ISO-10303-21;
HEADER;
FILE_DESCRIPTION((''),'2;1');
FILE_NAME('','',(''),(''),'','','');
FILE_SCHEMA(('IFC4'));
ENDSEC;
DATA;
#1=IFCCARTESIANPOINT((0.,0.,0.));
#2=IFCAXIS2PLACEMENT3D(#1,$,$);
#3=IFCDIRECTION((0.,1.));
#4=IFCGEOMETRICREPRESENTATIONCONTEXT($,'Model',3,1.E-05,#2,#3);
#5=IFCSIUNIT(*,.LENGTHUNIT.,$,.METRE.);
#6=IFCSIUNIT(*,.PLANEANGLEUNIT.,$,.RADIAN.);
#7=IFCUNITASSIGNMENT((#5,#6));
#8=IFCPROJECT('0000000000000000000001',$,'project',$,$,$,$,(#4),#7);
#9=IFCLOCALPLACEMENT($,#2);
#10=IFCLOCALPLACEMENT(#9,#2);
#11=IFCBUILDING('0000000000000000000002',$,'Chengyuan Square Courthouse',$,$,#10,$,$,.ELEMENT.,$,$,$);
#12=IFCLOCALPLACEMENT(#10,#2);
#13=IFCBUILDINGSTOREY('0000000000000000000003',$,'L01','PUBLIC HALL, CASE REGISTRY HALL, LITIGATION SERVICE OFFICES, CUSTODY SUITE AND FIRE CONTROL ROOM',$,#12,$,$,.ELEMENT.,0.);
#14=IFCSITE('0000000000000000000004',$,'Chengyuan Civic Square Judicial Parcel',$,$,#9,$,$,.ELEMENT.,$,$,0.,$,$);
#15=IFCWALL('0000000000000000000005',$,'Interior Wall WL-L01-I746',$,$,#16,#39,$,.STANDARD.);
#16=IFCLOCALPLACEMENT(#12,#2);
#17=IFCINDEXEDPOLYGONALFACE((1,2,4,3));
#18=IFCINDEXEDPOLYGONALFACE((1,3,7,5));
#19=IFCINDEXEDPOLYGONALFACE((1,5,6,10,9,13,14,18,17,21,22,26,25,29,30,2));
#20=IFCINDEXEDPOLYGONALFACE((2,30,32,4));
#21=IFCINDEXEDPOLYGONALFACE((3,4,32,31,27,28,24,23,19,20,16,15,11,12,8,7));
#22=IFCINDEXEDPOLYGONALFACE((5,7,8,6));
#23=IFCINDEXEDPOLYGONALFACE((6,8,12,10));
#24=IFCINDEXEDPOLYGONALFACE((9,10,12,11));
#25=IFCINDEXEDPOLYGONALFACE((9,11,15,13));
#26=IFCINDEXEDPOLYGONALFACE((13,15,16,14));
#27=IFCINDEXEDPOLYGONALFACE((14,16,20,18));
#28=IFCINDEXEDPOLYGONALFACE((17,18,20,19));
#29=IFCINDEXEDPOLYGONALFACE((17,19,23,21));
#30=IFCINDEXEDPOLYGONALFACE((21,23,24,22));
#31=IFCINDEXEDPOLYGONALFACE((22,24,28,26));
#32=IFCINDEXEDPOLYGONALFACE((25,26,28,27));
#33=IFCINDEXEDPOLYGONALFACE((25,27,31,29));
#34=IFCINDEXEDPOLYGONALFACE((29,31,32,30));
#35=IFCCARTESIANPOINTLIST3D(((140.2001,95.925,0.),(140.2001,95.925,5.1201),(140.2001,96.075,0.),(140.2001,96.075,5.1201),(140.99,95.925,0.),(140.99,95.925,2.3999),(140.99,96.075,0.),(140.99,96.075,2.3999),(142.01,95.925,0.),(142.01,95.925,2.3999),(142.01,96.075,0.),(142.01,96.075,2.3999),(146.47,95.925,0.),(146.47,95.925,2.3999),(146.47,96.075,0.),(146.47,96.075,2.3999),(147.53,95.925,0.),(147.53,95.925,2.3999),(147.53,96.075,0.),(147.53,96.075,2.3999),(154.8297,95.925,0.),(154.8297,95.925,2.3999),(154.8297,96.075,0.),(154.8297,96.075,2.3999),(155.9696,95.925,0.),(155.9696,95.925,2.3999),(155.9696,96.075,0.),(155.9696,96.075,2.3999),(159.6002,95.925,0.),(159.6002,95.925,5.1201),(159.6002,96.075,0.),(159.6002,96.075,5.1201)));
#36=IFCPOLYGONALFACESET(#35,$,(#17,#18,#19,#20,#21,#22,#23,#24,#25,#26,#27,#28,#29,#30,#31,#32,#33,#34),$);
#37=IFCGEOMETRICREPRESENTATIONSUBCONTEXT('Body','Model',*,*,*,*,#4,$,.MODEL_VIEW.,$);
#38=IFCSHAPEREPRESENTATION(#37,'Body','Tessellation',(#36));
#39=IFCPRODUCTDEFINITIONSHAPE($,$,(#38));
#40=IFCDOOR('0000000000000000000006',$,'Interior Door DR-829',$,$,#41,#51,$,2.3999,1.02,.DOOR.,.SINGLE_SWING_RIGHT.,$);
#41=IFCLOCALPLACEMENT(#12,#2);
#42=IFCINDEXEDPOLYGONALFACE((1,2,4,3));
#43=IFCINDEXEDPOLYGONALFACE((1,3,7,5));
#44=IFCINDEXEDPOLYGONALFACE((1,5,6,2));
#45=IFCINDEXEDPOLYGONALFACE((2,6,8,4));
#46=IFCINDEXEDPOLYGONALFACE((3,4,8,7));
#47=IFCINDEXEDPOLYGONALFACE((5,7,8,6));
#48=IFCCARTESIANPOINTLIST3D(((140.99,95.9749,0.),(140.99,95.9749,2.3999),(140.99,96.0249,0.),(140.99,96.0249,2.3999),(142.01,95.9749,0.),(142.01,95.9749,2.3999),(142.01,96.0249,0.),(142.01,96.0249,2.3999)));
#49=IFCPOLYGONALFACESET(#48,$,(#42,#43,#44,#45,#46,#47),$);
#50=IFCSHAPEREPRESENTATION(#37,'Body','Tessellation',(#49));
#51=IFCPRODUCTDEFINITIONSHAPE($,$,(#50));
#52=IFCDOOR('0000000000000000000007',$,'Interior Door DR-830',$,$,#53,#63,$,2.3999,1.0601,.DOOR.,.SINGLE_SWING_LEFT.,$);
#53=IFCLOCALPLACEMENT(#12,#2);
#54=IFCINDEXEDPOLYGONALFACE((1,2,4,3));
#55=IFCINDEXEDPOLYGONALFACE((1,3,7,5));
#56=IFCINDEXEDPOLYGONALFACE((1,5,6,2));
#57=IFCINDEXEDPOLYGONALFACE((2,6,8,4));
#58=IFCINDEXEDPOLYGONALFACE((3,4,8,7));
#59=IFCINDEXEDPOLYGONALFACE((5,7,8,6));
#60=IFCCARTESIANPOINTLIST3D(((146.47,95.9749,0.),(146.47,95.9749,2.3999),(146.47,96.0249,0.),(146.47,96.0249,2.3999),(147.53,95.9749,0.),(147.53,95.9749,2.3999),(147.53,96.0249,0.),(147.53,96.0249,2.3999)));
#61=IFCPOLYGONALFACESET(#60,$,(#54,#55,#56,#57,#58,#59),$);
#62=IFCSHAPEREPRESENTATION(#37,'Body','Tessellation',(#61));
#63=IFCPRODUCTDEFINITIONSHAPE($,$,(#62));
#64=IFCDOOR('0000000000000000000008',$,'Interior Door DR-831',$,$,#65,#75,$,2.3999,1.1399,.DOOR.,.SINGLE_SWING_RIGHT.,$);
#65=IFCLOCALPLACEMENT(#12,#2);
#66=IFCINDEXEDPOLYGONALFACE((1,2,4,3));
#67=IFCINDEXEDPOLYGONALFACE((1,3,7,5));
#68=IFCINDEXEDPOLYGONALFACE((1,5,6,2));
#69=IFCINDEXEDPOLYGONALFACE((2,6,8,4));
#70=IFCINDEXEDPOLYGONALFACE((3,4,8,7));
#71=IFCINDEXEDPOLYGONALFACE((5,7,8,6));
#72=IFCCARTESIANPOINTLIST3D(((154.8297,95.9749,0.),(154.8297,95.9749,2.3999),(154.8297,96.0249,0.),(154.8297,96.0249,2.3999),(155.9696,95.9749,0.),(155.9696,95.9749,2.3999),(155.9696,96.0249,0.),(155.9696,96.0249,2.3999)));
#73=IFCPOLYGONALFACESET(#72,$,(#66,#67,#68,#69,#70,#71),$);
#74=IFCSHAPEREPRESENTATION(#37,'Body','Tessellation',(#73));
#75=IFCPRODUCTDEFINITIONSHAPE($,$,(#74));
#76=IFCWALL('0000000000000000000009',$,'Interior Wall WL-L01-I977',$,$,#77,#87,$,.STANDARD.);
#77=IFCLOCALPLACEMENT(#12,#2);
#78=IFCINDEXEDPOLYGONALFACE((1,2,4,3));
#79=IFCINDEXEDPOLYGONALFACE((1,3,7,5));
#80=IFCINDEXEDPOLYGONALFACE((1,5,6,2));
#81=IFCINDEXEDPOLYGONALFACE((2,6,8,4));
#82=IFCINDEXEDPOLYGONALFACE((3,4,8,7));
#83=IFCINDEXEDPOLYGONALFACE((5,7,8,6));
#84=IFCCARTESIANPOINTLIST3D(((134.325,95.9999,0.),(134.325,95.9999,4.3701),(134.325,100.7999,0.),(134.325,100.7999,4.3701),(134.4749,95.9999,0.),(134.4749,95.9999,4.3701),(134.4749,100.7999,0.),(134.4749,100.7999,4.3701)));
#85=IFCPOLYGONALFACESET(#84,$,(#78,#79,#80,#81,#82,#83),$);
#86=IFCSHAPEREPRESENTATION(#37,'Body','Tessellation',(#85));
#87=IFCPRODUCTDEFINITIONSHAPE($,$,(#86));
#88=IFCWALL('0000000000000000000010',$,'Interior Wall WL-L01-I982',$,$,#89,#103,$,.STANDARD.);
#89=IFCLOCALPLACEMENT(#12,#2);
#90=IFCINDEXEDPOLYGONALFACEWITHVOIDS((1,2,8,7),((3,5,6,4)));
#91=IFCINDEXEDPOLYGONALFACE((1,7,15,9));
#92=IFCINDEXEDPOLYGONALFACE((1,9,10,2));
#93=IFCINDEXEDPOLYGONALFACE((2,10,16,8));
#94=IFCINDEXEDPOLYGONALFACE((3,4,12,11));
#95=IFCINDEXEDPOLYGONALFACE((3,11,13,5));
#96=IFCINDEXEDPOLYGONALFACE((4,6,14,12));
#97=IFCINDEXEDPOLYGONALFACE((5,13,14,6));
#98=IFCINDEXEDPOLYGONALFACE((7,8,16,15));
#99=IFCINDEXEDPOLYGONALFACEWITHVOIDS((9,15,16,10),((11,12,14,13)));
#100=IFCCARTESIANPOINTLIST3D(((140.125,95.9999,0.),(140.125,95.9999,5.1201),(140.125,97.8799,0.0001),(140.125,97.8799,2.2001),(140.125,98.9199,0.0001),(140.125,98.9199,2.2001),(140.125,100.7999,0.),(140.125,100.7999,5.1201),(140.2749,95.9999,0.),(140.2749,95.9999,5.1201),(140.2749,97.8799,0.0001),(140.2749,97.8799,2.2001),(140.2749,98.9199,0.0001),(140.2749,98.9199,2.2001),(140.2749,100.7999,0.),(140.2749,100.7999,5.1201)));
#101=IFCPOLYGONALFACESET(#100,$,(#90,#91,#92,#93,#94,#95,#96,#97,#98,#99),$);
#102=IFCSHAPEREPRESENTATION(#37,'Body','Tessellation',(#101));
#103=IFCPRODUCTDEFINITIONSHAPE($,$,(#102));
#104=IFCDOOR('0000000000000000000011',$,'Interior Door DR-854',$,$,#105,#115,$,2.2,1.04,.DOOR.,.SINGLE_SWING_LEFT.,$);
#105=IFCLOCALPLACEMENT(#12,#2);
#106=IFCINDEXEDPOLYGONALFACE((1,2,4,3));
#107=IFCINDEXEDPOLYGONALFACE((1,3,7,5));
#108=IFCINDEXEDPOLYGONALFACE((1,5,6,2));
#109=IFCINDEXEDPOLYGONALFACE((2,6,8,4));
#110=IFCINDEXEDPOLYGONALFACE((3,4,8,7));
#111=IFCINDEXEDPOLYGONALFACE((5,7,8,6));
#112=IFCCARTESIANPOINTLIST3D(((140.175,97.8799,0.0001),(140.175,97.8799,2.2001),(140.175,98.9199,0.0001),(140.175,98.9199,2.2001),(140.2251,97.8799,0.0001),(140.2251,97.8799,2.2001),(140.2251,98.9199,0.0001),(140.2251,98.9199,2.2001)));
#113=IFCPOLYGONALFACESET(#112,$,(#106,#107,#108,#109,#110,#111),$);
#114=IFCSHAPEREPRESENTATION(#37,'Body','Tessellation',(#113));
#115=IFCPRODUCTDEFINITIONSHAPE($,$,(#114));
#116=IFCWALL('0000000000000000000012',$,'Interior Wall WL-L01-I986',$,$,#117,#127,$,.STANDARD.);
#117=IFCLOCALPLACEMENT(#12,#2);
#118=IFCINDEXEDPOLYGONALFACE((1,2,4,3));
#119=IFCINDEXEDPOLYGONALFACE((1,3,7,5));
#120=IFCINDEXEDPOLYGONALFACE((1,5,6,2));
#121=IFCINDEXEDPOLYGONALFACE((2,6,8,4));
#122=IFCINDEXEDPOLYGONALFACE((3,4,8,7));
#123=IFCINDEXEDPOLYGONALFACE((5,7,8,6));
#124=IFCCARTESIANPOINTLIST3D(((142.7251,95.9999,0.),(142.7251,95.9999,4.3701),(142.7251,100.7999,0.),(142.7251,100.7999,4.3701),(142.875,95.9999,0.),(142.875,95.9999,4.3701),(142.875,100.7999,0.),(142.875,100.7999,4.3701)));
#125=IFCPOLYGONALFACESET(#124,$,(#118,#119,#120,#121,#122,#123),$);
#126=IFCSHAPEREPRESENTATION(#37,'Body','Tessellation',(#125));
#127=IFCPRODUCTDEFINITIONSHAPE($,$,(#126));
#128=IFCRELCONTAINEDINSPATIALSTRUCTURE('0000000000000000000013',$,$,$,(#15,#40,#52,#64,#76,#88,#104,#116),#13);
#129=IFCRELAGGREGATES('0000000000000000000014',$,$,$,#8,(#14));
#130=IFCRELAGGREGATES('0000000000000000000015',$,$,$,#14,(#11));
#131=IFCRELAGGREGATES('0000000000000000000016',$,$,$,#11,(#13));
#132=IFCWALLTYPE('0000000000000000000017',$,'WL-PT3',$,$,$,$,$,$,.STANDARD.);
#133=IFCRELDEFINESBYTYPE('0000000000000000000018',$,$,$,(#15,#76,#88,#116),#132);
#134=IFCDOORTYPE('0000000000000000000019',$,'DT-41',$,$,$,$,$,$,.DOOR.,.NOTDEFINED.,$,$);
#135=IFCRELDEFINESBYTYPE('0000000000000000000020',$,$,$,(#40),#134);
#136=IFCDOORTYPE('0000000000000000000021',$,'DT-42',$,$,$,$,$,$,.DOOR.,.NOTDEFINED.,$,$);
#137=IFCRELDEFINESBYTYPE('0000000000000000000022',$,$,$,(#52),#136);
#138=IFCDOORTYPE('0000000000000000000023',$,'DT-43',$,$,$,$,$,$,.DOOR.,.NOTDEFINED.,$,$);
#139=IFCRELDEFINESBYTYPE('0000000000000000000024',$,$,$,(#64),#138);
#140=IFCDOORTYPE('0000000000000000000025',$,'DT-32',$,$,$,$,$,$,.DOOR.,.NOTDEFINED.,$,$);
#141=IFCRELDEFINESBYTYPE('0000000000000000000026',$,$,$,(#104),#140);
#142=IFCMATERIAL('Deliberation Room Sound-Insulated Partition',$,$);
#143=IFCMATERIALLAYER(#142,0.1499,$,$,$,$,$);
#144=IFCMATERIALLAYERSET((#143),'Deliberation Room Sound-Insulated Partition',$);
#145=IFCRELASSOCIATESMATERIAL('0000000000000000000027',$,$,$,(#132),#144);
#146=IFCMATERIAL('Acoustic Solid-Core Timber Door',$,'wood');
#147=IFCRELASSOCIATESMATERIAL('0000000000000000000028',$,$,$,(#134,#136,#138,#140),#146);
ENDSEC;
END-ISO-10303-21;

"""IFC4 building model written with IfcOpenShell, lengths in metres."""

from ifc_helpers import new_model, si_unit, direction, frame, frame_2d, origin, place, context, subcontext, project, spatial, rectangle, extrude, material, layer, layer_set, type_object, element, fill, save


model = new_model("IFC4")

# Units and contexts
model_context = context("Model", 3, precision=1e-05, world=origin(), true_north=direction((0.0, 1.0)))
body_context = subcontext(model_context, "Body", "Model", "MODEL_VIEW")
ifc_project = project(units=[si_unit("LENGTHUNIT", "METRE"), si_unit("PLANEANGLEUNIT", "RADIAN")], contexts=[model_context])

# Site, building, storey
site_placement = place(None, origin())
site = spatial("IfcSite", under=ifc_project, at=site_placement, Name="Chengyuan Civic Square Judicial Parcel", CompositionType="ELEMENT", RefElevation=0.0)
building_placement = place(site_placement, origin())
building = spatial("IfcBuilding", under=site, at=building_placement, Name="Chengyuan Square Courthouse", CompositionType="ELEMENT")
storey_placement = place(building_placement, origin())
storey = spatial("IfcBuildingStorey", under=building, at=storey_placement, Name="L01", Description="PUBLIC HALL, CASE REGISTRY HALL, LITIGATION SERVICE OFFICES, CUSTODY SUITE AND FIRE CONTROL ROOM", CompositionType="ELEMENT", Elevation=0.0)

# Wall, openings, doors
ifc_material_1 = material(Name="Deliberation Room Sound-Insulated Partition")
ifc_layer_1 = layer(ifc_material_1, 0.1499)
ifc_layer_set_1 = layer_set([ifc_layer_1], Name="Deliberation Room Sound-Insulated Partition")
wall_type_1 = type_object("IfcWallType", Name="WL-PT3", PredefinedType="STANDARD", material=ifc_layer_set_1)
wall_1_placement = place(storey_placement, frame((140.2, 96.0, 0.0), z_axis=(0.0, 0.0, 1.0), x_axis=(1.0, 0.0, 0.0)))
wall_1 = element("IfcWall", 1, at=wall_1_placement, inside=storey, type_object=wall_type_1, Name="Interior Wall WL-L01-I746", PredefinedType="STANDARD", context=body_context, shape_type="SweptSolid", body=[
    extrude(rectangle(XDim=19.4001, YDim=0.1499, at=frame_2d((9.7002, 0.0))), origin(), (0.0, 0.0, 1.0), 5.1201),
])
opening_1_placement = place(wall_1_placement, frame((0.79, 0.0, 0.0)))
opening_1 = element("IfcOpeningElement", 2, at=opening_1_placement, cuts=wall_1, PredefinedType="OPENING", context=body_context, shape_type="SweptSolid", body=[
    extrude(rectangle(XDim=1.02, YDim=2.3999, at=frame_2d((0.51, 1.2))), frame((0.0, 0.0869, 0.0), z_axis=(0.0, -1.0, 0.0), x_axis=(1.0, 0.0, 0.0)), (0.0, 0.0, 1.0), 0.1738),
])
opening_2_placement = place(wall_1_placement, frame((6.27, 0.0, 0.0)))
opening_2 = element("IfcOpeningElement", 3, at=opening_2_placement, cuts=wall_1, PredefinedType="OPENING", context=body_context, shape_type="SweptSolid", body=[
    extrude(rectangle(XDim=1.0601, YDim=2.3999, at=frame_2d((0.53, 1.2))), frame((0.0, 0.0869, 0.0), z_axis=(0.0, -1.0, 0.0), x_axis=(1.0, 0.0, 0.0)), (0.0, 0.0, 1.0), 0.1738),
])
opening_3_placement = place(wall_1_placement, frame((14.6299, 0.0, 0.0)))
opening_3 = element("IfcOpeningElement", 4, at=opening_3_placement, cuts=wall_1, PredefinedType="OPENING", context=body_context, shape_type="SweptSolid", body=[
    extrude(rectangle(XDim=1.1399, YDim=2.3999, at=frame_2d((0.5698, 1.2))), frame((0.0, 0.0869, 0.0), z_axis=(0.0, -1.0, 0.0), x_axis=(1.0, 0.0, 0.0)), (0.0, 0.0, 1.0), 0.1738),
])
ifc_material_2 = material(Name="Acoustic Solid-Core Timber Door", Category="wood")
door_type_1 = type_object("IfcDoorType", Name="DT-41", OperationType="NOTDEFINED", PredefinedType="DOOR", material=ifc_material_2)
door_1_placement = place(opening_1_placement, origin())
door_1 = element("IfcDoor", 5, at=door_1_placement, inside=storey, type_object=door_type_1, Name="Interior Door DR-829", OperationType="SINGLE_SWING_RIGHT", OverallHeight=2.3999, OverallWidth=1.02, PredefinedType="DOOR", context=body_context, shape_type="SweptSolid", body=[
    extrude(rectangle(XDim=1.02, YDim=2.3999, at=frame_2d((0.51, 1.2))), frame((0.0, 0.0249, 0.0), z_axis=(0.0, -1.0, 0.0), x_axis=(1.0, 0.0, 0.0)), (0.0, 0.0, 1.0), 0.05),
])
fill(opening_1, door_1)
door_type_2 = type_object("IfcDoorType", Name="DT-42", OperationType="NOTDEFINED", PredefinedType="DOOR", material=ifc_material_2)
door_2_placement = place(opening_2_placement, origin())
door_2 = element("IfcDoor", 6, at=door_2_placement, inside=storey, type_object=door_type_2, Name="Interior Door DR-830", OperationType="SINGLE_SWING_LEFT", OverallHeight=2.3999, OverallWidth=1.0601, PredefinedType="DOOR", context=body_context, shape_type="SweptSolid", body=[
    extrude(rectangle(XDim=1.0601, YDim=2.3999, at=frame_2d((0.53, 1.2))), frame((0.0, 0.0249, 0.0), z_axis=(0.0, -1.0, 0.0), x_axis=(1.0, 0.0, 0.0)), (0.0, 0.0, 1.0), 0.05),
])
fill(opening_2, door_2)
door_type_3 = type_object("IfcDoorType", Name="DT-43", OperationType="NOTDEFINED", PredefinedType="DOOR", material=ifc_material_2)
door_3_placement = place(opening_3_placement, origin())
door_3 = element("IfcDoor", 7, at=door_3_placement, inside=storey, type_object=door_type_3, Name="Interior Door DR-831", OperationType="SINGLE_SWING_RIGHT", OverallHeight=2.3999, OverallWidth=1.1399, PredefinedType="DOOR", context=body_context, shape_type="SweptSolid", body=[
    extrude(rectangle(XDim=1.1399, YDim=2.3999, at=frame_2d((0.5698, 1.2))), frame((0.0, 0.0249, 0.0), z_axis=(0.0, -1.0, 0.0), x_axis=(1.0, 0.0, 0.0)), (0.0, 0.0, 1.0), 0.05),
])
fill(opening_3, door_3)

# Wall
wall_2_placement = place(storey_placement, frame((134.3999, 96.0, 0.0), z_axis=(0.0, 0.0, 1.0), x_axis=(0.0, 1.0, 0.0)))
element("IfcWall", 8, at=wall_2_placement, inside=storey, type_object=wall_type_1, Name="Interior Wall WL-L01-I977", PredefinedType="STANDARD", context=body_context, shape_type="SweptSolid", body=[
    extrude(rectangle(XDim=4.8, YDim=0.1499, at=frame_2d((2.3999, 0.0))), origin(), (0.0, 0.0, 1.0), 4.3701),
])

# Wall, opening, door
wall_3_placement = place(storey_placement, frame((140.2, 96.0, 0.0), z_axis=(0.0, 0.0, 1.0), x_axis=(0.0, 1.0, 0.0)))
wall_3 = element("IfcWall", 9, at=wall_3_placement, inside=storey, type_object=wall_type_1, Name="Interior Wall WL-L01-I982", PredefinedType="STANDARD", context=body_context, shape_type="SweptSolid", body=[
    extrude(rectangle(XDim=4.8, YDim=0.1499, at=frame_2d((2.3999, 0.0))), origin(), (0.0, 0.0, 1.0), 5.1201),
])
opening_4_placement = place(wall_3_placement, frame((1.8799, 0.0, 0.0)))
opening_4 = element("IfcOpeningElement", 10, at=opening_4_placement, cuts=wall_3, PredefinedType="OPENING", context=body_context, shape_type="SweptSolid", body=[
    extrude(rectangle(XDim=1.04, YDim=2.2, at=frame_2d((0.52, 1.1001))), frame((0.0, 0.0869, 0.0), z_axis=(0.0, -1.0, 0.0), x_axis=(1.0, 0.0, 0.0)), (0.0, 0.0, 1.0), 0.1738),
])
door_type_4 = type_object("IfcDoorType", Name="DT-32", OperationType="NOTDEFINED", PredefinedType="DOOR", material=ifc_material_2)
door_4_placement = place(opening_4_placement, origin())
door_4 = element("IfcDoor", 11, at=door_4_placement, inside=storey, type_object=door_type_4, Name="Interior Door DR-854", OperationType="SINGLE_SWING_LEFT", OverallHeight=2.2, OverallWidth=1.04, PredefinedType="DOOR", context=body_context, shape_type="SweptSolid", body=[
    extrude(rectangle(XDim=1.04, YDim=2.2, at=frame_2d((0.52, 1.1001))), frame((0.0, 0.0249, 0.0), z_axis=(0.0, -1.0, 0.0), x_axis=(1.0, 0.0, 0.0)), (0.0, 0.0, 1.0), 0.05),
])
fill(opening_4, door_4)

# Wall
wall_4_placement = place(storey_placement, frame((142.8, 96.0, 0.0), z_axis=(0.0, 0.0, 1.0), x_axis=(0.0, 1.0, 0.0)))
element("IfcWall", 12, at=wall_4_placement, inside=storey, type_object=wall_type_1, Name="Interior Wall WL-L01-I986", PredefinedType="STANDARD", context=body_context, shape_type="SweptSolid", body=[
    extrude(rectangle(XDim=4.8, YDim=0.1499, at=frame_2d((2.3999, 0.0))), origin(), (0.0, 0.0, 1.0), 4.3701),
])

save(model, "model.ifc")
